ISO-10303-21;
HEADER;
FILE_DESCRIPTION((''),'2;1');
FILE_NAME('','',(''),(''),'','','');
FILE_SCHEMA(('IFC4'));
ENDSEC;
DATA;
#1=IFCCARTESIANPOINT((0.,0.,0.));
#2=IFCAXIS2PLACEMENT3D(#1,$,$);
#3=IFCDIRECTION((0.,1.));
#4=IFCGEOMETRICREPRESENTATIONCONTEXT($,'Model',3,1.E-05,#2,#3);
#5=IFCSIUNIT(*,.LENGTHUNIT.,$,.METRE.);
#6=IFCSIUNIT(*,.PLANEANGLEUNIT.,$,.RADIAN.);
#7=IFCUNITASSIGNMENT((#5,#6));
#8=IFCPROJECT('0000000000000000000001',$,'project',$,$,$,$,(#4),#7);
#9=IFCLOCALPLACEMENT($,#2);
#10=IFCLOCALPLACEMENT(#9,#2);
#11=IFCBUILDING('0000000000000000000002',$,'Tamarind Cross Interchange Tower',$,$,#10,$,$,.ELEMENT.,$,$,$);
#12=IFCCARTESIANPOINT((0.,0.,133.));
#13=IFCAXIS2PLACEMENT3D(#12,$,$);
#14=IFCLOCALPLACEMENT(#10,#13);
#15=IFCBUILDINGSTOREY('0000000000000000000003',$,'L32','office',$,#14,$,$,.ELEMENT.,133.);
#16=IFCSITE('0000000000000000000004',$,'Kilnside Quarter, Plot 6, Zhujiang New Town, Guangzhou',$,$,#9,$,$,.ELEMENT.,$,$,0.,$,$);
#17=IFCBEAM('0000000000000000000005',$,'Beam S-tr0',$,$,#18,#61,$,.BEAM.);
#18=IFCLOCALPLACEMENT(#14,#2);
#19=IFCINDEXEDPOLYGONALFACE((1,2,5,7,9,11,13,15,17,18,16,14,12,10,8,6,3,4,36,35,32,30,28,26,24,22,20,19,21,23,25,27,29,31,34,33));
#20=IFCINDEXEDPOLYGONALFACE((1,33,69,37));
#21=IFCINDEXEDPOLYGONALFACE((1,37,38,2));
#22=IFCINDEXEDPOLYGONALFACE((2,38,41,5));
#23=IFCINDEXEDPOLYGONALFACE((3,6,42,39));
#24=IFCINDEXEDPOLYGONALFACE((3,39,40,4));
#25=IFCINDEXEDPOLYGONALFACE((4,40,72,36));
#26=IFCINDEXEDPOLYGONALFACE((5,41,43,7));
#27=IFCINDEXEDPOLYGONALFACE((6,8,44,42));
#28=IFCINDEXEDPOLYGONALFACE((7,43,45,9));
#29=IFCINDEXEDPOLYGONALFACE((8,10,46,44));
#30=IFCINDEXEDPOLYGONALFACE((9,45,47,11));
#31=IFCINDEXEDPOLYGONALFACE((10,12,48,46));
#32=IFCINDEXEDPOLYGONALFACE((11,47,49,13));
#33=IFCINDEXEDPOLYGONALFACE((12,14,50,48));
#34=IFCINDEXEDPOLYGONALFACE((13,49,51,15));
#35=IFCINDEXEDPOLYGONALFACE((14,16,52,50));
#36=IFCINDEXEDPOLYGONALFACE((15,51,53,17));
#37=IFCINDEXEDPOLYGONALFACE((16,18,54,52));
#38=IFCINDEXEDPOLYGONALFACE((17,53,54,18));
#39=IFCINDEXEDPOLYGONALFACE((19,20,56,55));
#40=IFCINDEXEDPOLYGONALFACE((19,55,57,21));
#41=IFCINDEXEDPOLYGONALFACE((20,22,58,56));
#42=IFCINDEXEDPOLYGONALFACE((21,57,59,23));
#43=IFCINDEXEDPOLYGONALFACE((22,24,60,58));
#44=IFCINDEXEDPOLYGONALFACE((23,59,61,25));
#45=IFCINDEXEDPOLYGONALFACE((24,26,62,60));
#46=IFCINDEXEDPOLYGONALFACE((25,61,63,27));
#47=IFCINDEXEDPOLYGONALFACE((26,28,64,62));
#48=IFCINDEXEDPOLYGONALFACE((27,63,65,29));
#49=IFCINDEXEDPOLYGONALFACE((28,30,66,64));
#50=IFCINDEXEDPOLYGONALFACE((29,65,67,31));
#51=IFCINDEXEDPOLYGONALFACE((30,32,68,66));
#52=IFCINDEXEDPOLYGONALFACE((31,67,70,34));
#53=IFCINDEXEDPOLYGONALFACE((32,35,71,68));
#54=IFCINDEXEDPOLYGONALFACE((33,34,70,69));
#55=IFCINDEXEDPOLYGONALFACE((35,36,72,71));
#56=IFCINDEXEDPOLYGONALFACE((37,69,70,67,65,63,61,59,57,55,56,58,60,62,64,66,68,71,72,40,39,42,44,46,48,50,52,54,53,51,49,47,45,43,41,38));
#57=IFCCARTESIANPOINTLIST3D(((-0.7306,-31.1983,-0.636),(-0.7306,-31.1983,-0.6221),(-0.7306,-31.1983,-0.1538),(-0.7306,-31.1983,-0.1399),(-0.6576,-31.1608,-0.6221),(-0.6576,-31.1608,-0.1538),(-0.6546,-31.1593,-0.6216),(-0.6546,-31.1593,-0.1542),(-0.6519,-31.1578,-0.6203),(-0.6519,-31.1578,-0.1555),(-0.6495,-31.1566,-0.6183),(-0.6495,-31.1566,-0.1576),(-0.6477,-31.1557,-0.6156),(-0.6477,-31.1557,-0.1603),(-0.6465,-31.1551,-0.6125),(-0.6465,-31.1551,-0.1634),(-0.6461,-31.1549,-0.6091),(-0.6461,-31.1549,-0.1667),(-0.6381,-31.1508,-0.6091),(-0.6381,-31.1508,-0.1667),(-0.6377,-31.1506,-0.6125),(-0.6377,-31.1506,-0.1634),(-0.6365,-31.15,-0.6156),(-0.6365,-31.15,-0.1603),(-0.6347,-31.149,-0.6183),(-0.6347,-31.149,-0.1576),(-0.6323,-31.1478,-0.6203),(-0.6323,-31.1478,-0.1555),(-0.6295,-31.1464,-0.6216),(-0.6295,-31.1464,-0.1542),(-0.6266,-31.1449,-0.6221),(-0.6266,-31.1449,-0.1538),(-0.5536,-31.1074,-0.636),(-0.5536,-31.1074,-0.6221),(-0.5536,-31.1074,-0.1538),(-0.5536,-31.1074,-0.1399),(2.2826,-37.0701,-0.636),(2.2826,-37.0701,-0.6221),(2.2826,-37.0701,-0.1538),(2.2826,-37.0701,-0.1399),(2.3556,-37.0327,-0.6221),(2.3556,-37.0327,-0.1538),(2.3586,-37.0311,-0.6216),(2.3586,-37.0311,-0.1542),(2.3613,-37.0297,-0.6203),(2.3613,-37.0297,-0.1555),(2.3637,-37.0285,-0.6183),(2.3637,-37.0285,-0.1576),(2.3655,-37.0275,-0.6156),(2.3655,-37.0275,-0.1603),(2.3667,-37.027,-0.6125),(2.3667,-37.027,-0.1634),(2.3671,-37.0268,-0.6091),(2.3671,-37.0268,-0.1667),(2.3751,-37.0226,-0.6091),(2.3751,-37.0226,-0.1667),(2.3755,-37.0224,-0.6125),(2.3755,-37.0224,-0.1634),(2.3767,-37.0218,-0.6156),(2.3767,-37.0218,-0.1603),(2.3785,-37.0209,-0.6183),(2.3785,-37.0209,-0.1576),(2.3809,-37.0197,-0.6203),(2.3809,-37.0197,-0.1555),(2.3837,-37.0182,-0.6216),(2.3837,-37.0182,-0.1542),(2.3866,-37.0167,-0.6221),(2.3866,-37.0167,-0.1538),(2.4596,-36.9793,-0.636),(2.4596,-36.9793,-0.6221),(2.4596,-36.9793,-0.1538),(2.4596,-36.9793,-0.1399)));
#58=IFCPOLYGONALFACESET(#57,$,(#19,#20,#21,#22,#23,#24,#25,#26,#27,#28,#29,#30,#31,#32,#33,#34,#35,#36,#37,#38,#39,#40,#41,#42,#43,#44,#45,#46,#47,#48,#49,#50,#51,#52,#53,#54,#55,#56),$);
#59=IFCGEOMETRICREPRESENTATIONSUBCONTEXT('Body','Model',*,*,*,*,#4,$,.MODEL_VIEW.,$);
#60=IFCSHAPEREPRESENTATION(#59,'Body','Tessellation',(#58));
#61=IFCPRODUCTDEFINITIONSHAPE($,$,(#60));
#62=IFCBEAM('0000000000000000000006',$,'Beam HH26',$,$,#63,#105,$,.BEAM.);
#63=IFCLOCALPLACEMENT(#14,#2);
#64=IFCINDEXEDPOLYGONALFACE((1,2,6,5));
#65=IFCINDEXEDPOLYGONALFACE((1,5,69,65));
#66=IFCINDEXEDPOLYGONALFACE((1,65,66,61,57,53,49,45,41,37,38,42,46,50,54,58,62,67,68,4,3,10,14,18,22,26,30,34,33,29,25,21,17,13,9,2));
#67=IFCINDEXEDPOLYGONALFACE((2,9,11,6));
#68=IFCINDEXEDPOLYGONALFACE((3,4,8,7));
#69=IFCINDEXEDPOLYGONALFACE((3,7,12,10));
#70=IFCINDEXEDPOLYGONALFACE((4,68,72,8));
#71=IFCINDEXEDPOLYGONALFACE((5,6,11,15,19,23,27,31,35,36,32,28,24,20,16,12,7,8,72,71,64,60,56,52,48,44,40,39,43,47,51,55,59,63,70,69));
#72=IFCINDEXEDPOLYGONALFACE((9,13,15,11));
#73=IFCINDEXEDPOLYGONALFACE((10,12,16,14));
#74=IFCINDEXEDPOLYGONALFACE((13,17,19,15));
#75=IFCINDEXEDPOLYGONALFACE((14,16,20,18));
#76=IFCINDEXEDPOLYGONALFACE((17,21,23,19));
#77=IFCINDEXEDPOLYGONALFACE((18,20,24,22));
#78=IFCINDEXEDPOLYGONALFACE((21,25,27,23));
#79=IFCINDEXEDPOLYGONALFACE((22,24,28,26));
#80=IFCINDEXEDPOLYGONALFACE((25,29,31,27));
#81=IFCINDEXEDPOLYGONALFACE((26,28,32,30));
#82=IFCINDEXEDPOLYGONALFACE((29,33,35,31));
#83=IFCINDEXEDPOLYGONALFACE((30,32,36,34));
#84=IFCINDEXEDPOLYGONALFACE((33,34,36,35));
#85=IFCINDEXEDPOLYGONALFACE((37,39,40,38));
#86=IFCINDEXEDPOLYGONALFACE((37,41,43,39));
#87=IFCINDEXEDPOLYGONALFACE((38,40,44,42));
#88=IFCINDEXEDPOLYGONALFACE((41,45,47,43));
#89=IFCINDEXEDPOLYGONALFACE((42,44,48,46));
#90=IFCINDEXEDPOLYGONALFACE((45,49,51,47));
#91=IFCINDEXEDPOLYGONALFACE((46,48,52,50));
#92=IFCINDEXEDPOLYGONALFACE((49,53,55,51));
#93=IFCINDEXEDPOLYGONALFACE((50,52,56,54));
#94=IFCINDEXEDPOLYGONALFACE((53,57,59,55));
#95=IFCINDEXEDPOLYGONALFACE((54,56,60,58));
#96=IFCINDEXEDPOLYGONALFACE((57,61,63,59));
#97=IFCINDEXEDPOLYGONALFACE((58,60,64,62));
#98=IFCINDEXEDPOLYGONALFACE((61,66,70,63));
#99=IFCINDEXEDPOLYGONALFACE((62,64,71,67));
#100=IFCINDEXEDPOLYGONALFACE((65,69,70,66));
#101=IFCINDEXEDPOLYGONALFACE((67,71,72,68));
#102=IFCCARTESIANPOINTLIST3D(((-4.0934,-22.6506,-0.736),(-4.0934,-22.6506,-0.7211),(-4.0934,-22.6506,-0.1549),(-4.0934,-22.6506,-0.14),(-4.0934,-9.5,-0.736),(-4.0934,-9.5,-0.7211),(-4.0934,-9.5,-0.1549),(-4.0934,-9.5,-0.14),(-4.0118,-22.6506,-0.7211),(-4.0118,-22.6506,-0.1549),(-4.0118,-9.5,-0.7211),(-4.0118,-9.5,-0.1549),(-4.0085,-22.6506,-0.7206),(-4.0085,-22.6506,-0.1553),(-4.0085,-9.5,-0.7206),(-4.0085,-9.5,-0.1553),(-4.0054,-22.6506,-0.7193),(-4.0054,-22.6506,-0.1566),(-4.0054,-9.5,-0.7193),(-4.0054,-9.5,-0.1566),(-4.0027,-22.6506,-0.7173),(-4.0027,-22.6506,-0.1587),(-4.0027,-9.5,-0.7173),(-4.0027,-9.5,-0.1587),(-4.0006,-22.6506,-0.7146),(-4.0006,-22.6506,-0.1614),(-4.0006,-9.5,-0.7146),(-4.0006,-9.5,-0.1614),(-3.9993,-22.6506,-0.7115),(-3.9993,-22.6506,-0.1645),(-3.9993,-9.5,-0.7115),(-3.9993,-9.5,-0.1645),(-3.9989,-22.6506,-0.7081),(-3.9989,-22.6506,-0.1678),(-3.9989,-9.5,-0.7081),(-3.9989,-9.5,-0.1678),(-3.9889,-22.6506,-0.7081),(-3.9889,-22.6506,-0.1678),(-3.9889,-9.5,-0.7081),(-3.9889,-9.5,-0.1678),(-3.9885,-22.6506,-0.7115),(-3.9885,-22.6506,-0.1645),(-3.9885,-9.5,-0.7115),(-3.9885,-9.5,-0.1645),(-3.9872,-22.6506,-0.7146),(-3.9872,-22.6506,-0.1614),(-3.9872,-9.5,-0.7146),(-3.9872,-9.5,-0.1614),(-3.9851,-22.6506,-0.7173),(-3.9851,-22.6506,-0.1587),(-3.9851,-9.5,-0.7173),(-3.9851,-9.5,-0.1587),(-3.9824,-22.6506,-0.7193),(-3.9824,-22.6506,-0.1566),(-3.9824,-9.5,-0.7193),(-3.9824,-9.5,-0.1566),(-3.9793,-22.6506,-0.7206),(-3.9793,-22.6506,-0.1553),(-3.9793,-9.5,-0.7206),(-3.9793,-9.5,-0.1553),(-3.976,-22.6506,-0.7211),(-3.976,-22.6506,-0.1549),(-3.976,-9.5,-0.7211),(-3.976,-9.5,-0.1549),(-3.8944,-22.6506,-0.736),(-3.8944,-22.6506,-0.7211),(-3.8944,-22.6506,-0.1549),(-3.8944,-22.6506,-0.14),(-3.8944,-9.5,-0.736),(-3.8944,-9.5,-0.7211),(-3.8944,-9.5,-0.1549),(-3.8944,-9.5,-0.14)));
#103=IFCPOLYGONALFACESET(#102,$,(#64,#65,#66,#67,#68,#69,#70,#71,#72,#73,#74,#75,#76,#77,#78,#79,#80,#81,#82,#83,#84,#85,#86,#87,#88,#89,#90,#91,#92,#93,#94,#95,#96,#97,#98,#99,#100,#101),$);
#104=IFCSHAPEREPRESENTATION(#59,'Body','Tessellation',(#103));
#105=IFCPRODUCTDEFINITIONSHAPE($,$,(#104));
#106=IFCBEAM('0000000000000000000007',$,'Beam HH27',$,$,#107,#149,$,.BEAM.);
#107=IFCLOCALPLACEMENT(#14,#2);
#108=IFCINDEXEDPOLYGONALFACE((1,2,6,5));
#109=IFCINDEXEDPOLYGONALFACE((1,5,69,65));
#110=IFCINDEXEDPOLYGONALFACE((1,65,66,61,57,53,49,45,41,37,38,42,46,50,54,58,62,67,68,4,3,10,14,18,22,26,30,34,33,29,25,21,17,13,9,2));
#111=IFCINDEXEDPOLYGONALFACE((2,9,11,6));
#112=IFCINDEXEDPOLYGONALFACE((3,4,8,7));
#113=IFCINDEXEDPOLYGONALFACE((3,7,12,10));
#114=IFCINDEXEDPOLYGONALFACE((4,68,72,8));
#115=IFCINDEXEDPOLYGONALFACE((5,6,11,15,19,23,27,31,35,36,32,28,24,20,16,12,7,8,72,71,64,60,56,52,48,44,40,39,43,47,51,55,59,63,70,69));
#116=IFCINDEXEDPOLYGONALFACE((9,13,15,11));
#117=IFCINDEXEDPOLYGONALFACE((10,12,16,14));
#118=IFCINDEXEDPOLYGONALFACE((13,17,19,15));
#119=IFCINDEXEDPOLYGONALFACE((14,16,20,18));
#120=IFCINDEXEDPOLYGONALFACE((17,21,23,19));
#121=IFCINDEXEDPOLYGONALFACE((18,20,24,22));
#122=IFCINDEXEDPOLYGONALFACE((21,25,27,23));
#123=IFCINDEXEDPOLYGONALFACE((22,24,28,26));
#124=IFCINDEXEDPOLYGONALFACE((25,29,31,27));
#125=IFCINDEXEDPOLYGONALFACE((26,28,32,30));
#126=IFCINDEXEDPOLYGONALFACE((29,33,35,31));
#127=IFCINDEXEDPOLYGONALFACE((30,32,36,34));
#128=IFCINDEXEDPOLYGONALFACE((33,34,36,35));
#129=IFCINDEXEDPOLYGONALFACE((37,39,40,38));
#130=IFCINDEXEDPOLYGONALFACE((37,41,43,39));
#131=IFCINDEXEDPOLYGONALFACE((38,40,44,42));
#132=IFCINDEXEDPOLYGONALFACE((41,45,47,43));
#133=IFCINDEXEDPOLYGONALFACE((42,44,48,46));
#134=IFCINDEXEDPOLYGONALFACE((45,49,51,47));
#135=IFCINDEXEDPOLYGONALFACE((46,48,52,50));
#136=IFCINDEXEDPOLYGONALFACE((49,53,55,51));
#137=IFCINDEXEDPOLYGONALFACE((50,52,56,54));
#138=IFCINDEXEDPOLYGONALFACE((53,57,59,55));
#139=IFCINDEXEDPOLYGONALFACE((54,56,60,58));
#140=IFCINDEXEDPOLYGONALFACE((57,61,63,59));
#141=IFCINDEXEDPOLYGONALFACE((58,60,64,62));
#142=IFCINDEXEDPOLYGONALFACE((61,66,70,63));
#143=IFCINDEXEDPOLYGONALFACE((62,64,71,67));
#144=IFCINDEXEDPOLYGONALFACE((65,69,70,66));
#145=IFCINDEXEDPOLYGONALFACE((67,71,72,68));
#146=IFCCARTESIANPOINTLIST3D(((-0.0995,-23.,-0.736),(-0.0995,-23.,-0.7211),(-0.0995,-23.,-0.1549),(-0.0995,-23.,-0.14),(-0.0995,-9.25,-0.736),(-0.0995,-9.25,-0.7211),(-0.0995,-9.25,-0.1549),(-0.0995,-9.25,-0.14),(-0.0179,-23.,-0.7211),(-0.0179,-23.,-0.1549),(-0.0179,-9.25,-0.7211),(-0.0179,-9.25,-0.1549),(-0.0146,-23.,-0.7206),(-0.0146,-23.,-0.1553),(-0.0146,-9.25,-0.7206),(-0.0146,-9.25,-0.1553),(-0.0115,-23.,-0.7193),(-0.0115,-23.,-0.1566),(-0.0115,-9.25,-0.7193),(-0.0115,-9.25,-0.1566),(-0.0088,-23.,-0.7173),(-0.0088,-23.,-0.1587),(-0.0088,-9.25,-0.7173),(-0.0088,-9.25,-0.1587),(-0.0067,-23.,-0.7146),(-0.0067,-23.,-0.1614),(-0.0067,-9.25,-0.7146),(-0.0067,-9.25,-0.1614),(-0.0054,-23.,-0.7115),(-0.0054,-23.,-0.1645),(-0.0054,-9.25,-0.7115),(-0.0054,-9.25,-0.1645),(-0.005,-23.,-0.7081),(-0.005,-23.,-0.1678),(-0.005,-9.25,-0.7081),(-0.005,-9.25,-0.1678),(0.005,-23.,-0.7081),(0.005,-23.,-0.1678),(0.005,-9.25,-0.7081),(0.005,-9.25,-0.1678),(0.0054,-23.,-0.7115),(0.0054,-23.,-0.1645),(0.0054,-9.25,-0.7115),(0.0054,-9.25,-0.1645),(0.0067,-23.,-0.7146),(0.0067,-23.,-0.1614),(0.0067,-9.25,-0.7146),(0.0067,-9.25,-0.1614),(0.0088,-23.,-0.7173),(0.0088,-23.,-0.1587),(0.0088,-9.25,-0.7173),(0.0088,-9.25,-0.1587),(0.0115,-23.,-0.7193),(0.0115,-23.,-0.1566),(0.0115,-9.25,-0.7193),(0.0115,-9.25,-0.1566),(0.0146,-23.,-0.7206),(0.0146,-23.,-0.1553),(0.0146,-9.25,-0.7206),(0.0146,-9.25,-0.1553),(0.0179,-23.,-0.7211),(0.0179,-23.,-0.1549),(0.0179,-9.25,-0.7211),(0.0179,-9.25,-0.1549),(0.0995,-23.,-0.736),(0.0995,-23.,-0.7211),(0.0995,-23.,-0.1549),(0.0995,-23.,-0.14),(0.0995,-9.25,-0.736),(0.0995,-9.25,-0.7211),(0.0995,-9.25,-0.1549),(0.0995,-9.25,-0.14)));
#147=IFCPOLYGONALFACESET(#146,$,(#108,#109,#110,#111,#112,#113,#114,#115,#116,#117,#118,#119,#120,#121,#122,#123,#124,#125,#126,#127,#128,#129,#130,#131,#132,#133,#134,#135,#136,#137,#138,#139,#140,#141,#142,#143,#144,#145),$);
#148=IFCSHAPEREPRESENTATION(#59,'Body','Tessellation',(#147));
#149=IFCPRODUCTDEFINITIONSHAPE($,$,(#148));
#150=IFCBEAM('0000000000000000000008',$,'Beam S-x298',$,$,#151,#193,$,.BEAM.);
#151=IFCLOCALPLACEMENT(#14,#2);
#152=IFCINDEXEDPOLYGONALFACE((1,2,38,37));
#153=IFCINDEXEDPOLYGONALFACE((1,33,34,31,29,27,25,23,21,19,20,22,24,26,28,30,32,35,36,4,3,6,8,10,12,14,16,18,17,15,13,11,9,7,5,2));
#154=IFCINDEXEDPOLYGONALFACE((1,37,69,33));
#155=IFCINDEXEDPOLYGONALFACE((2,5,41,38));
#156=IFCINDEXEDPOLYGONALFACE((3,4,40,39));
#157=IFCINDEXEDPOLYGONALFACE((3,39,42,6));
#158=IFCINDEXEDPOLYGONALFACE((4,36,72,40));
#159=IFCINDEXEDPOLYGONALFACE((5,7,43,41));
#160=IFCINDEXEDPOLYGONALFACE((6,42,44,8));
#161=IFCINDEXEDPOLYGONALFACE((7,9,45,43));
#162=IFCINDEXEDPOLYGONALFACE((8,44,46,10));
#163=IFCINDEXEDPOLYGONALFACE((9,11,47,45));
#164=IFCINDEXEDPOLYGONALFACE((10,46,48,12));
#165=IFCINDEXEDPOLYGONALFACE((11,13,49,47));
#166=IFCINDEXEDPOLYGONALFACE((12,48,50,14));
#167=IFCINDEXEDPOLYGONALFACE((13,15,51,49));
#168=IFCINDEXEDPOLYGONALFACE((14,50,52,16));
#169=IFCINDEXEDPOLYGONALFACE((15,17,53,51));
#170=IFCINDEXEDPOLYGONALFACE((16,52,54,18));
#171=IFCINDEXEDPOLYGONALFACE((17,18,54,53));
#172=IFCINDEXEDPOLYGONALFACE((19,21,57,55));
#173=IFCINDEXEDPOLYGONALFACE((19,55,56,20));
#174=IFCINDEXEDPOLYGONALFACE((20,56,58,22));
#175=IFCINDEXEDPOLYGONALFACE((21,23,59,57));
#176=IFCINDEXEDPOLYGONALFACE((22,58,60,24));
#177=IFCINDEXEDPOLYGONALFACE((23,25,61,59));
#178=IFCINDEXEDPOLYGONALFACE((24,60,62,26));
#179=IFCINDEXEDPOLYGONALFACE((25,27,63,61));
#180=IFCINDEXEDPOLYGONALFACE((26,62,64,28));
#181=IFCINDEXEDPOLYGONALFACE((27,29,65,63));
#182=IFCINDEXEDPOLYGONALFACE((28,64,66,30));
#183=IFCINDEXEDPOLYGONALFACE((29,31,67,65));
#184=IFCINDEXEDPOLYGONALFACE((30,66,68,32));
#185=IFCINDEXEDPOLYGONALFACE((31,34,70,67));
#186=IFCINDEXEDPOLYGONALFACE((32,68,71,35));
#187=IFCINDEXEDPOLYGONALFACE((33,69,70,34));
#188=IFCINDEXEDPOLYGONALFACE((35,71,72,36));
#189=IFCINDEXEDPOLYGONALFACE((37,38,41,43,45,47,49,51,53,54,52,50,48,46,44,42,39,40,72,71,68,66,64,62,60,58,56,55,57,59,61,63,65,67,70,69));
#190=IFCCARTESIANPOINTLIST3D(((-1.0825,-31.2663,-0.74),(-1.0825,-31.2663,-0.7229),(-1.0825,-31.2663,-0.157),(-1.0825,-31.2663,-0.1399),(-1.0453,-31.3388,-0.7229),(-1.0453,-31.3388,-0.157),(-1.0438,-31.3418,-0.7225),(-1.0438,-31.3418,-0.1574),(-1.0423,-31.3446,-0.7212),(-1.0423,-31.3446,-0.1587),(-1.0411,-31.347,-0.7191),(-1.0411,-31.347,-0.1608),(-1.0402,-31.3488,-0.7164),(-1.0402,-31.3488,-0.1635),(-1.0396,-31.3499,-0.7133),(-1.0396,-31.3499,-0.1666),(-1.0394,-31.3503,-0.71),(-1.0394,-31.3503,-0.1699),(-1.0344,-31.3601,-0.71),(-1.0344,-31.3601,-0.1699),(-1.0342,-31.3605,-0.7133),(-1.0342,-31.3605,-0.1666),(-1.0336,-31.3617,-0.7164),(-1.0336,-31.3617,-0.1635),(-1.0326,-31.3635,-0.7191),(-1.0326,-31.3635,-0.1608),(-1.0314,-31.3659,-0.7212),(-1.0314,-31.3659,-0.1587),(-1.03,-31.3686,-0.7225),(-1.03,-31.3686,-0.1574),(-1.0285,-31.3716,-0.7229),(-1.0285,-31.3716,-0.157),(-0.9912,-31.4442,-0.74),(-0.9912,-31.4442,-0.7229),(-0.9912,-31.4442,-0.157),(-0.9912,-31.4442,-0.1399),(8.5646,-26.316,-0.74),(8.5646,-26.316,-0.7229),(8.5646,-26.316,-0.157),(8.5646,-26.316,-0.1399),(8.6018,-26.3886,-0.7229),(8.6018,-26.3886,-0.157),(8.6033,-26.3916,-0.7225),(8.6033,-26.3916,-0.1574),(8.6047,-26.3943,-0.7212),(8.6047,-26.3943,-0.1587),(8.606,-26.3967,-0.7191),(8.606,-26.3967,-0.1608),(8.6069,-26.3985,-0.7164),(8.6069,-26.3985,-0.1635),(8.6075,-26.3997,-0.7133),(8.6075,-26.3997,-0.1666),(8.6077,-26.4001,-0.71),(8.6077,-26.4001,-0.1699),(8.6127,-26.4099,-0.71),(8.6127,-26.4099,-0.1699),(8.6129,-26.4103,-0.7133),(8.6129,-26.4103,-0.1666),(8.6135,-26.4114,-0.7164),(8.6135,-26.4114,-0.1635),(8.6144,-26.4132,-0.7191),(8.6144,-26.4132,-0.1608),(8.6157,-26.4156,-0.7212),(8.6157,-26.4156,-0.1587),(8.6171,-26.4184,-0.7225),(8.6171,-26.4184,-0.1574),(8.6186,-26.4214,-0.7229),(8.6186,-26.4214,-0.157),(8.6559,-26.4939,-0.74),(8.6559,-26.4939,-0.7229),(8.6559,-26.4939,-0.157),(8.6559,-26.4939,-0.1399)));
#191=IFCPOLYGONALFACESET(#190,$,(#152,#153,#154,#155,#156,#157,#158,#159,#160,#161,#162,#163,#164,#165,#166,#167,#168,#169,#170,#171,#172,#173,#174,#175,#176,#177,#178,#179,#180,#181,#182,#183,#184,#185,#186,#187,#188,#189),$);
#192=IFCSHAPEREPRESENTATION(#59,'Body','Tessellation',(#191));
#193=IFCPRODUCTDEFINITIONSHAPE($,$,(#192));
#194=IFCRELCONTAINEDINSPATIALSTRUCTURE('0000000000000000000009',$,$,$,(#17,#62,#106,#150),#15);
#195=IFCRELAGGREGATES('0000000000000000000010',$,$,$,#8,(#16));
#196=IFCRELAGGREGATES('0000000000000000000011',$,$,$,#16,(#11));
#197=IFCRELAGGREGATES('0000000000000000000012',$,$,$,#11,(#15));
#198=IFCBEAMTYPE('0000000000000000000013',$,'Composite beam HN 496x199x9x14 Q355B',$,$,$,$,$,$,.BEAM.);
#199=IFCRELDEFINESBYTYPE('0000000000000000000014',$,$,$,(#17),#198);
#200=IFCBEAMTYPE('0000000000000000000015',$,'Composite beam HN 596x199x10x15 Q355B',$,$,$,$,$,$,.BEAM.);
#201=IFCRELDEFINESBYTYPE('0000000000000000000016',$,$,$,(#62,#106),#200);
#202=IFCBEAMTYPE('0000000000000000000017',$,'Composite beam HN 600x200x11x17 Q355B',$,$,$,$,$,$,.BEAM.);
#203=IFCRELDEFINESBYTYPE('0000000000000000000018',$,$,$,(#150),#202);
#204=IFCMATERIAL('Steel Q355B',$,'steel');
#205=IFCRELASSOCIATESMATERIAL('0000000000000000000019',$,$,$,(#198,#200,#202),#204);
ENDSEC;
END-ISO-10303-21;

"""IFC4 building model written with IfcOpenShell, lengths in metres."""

from ifc_helpers import new_model, si_unit, direction, frame, origin, origin_2d, place, context, subcontext, project, spatial, i_section, extrude, material, material_profile, profile_set, type_object, element, save


model = new_model("IFC4")

# Units and contexts
model_context = context("Model", 3, precision=1e-05, world=origin(), true_north=direction((0.0, 1.0)))
body_context = subcontext(model_context, "Body", "Model", "MODEL_VIEW")
ifc_project = project(units=[si_unit("LENGTHUNIT", "METRE"), si_unit("PLANEANGLEUNIT", "RADIAN")], contexts=[model_context])

# Site, building, storey
site_placement = place(None, origin())
site = spatial("IfcSite", under=ifc_project, at=site_placement, Name="Kilnside Quarter, Plot 6, Zhujiang New Town, Guangzhou", CompositionType="ELEMENT", RefElevation=0.0)
building_placement = place(site_placement, origin())
building = spatial("IfcBuilding", under=site, at=building_placement, Name="Tamarind Cross Interchange Tower", CompositionType="ELEMENT")
storey_placement = place(building_placement, frame((0.0, 0.0, 133.0)))
storey = spatial("IfcBuildingStorey", under=building, at=storey_placement, Name="L32", Description="office", CompositionType="ELEMENT", Elevation=133.0)

# Beams
ifc_material_1 = material(Name="Steel Q355B", Category="steel")
ifc_material_profile_1 = material_profile(ifc_material_1, i_section(OverallWidth=0.199, OverallDepth=0.4961, WebThickness=0.009, FlangeThickness=0.0139, FilletRadius=0.0129, at=origin_2d()), Name="HN 496x199x9x14")
ifc_profile_set_1 = profile_set([ifc_material_profile_1], Name="Steel Q355B")
beam_type_1 = type_object("IfcBeamType", Name="Composite beam HN 496x199x9x14 Q355B", PredefinedType="BEAM", material=ifc_profile_set_1)
beam_1_placement = place(storey_placement, frame((-0.6421, -31.1528, -0.3879), z_axis=(0.456555, -0.889695, 0.0), x_axis=(0.889695, 0.456555, 0.0)))
element("IfcBeam", 1, at=beam_1_placement, inside=storey, type_object=beam_type_1, Name="Beam S-tr0", PredefinedType="BEAM", context=body_context, shape_type="SweptSolid", body=[
    extrude(i_section(OverallWidth=0.199, OverallDepth=0.4961, WebThickness=0.009, FlangeThickness=0.0139, FilletRadius=0.0129, at=origin_2d()), origin(), (0.0, 0.0, 1.0), 6.5999),
])
ifc_material_profile_2 = material_profile(ifc_material_1, i_section(OverallWidth=0.199, OverallDepth=0.5959, WebThickness=0.01, FlangeThickness=0.0149, FilletRadius=0.0129, at=origin_2d()), Name="HN 596x199x10x15")
ifc_profile_set_2 = profile_set([ifc_material_profile_2], Name="Steel Q355B")
beam_type_2 = type_object("IfcBeamType", Name="Composite beam HN 596x199x10x15 Q355B", PredefinedType="BEAM", material=ifc_profile_set_2)
beam_2_placement = place(storey_placement, frame((-3.9939, -22.6506, -0.438), z_axis=(0.0, 1.0, 0.0), x_axis=(-1.0, 0.0, 0.0)))
element("IfcBeam", 2, at=beam_2_placement, inside=storey, type_object=beam_type_2, Name="Beam HH26", PredefinedType="BEAM", context=body_context, shape_type="SweptSolid", body=[
    extrude(i_section(OverallWidth=0.199, OverallDepth=0.5959, WebThickness=0.01, FlangeThickness=0.0149, FilletRadius=0.0129, at=origin_2d()), origin(), (0.0, 0.0, 1.0), 13.1506),
])
beam_3_placement = place(storey_placement, frame((0.0, -23.0, -0.438), z_axis=(0.0, 1.0, 0.0), x_axis=(-1.0, 0.0, 0.0)))
element("IfcBeam", 3, at=beam_3_placement, inside=storey, type_object=beam_type_2, Name="Beam HH27", PredefinedType="BEAM", context=body_context, shape_type="SweptSolid", body=[
    extrude(i_section(OverallWidth=0.199, OverallDepth=0.5959, WebThickness=0.01, FlangeThickness=0.0149, FilletRadius=0.0129, at=origin_2d()), origin(), (0.0, 0.0, 1.0), 13.75),
])
ifc_material_profile_3 = material_profile(ifc_material_1, i_section(OverallWidth=0.2, OverallDepth=0.6001, WebThickness=0.011, FlangeThickness=0.0171, FilletRadius=0.0129, at=origin_2d()), Name="HN 600x200x11x17")
ifc_profile_set_3 = profile_set([ifc_material_profile_3], Name="Steel Q355B")
beam_type_3 = type_object("IfcBeamType", Name="Composite beam HN 600x200x11x17 Q355B", PredefinedType="BEAM", material=ifc_profile_set_3)
beam_4_placement = place(storey_placement, frame((-1.0369, -31.3552, -0.4399), z_axis=(0.889704, 0.456538, 0.0), x_axis=(-0.456538, 0.889704, 0.0)))
element("IfcBeam", 4, at=beam_4_placement, inside=storey, type_object=beam_type_3, Name="Beam S-x298", PredefinedType="BEAM", context=body_context, shape_type="SweptSolid", body=[
    extrude(i_section(OverallWidth=0.2, OverallDepth=0.6001, WebThickness=0.011, FlangeThickness=0.0171, FilletRadius=0.0129, at=origin_2d()), origin(), (0.0, 0.0, 1.0), 10.843),
])

save(model, "model.ifc")
